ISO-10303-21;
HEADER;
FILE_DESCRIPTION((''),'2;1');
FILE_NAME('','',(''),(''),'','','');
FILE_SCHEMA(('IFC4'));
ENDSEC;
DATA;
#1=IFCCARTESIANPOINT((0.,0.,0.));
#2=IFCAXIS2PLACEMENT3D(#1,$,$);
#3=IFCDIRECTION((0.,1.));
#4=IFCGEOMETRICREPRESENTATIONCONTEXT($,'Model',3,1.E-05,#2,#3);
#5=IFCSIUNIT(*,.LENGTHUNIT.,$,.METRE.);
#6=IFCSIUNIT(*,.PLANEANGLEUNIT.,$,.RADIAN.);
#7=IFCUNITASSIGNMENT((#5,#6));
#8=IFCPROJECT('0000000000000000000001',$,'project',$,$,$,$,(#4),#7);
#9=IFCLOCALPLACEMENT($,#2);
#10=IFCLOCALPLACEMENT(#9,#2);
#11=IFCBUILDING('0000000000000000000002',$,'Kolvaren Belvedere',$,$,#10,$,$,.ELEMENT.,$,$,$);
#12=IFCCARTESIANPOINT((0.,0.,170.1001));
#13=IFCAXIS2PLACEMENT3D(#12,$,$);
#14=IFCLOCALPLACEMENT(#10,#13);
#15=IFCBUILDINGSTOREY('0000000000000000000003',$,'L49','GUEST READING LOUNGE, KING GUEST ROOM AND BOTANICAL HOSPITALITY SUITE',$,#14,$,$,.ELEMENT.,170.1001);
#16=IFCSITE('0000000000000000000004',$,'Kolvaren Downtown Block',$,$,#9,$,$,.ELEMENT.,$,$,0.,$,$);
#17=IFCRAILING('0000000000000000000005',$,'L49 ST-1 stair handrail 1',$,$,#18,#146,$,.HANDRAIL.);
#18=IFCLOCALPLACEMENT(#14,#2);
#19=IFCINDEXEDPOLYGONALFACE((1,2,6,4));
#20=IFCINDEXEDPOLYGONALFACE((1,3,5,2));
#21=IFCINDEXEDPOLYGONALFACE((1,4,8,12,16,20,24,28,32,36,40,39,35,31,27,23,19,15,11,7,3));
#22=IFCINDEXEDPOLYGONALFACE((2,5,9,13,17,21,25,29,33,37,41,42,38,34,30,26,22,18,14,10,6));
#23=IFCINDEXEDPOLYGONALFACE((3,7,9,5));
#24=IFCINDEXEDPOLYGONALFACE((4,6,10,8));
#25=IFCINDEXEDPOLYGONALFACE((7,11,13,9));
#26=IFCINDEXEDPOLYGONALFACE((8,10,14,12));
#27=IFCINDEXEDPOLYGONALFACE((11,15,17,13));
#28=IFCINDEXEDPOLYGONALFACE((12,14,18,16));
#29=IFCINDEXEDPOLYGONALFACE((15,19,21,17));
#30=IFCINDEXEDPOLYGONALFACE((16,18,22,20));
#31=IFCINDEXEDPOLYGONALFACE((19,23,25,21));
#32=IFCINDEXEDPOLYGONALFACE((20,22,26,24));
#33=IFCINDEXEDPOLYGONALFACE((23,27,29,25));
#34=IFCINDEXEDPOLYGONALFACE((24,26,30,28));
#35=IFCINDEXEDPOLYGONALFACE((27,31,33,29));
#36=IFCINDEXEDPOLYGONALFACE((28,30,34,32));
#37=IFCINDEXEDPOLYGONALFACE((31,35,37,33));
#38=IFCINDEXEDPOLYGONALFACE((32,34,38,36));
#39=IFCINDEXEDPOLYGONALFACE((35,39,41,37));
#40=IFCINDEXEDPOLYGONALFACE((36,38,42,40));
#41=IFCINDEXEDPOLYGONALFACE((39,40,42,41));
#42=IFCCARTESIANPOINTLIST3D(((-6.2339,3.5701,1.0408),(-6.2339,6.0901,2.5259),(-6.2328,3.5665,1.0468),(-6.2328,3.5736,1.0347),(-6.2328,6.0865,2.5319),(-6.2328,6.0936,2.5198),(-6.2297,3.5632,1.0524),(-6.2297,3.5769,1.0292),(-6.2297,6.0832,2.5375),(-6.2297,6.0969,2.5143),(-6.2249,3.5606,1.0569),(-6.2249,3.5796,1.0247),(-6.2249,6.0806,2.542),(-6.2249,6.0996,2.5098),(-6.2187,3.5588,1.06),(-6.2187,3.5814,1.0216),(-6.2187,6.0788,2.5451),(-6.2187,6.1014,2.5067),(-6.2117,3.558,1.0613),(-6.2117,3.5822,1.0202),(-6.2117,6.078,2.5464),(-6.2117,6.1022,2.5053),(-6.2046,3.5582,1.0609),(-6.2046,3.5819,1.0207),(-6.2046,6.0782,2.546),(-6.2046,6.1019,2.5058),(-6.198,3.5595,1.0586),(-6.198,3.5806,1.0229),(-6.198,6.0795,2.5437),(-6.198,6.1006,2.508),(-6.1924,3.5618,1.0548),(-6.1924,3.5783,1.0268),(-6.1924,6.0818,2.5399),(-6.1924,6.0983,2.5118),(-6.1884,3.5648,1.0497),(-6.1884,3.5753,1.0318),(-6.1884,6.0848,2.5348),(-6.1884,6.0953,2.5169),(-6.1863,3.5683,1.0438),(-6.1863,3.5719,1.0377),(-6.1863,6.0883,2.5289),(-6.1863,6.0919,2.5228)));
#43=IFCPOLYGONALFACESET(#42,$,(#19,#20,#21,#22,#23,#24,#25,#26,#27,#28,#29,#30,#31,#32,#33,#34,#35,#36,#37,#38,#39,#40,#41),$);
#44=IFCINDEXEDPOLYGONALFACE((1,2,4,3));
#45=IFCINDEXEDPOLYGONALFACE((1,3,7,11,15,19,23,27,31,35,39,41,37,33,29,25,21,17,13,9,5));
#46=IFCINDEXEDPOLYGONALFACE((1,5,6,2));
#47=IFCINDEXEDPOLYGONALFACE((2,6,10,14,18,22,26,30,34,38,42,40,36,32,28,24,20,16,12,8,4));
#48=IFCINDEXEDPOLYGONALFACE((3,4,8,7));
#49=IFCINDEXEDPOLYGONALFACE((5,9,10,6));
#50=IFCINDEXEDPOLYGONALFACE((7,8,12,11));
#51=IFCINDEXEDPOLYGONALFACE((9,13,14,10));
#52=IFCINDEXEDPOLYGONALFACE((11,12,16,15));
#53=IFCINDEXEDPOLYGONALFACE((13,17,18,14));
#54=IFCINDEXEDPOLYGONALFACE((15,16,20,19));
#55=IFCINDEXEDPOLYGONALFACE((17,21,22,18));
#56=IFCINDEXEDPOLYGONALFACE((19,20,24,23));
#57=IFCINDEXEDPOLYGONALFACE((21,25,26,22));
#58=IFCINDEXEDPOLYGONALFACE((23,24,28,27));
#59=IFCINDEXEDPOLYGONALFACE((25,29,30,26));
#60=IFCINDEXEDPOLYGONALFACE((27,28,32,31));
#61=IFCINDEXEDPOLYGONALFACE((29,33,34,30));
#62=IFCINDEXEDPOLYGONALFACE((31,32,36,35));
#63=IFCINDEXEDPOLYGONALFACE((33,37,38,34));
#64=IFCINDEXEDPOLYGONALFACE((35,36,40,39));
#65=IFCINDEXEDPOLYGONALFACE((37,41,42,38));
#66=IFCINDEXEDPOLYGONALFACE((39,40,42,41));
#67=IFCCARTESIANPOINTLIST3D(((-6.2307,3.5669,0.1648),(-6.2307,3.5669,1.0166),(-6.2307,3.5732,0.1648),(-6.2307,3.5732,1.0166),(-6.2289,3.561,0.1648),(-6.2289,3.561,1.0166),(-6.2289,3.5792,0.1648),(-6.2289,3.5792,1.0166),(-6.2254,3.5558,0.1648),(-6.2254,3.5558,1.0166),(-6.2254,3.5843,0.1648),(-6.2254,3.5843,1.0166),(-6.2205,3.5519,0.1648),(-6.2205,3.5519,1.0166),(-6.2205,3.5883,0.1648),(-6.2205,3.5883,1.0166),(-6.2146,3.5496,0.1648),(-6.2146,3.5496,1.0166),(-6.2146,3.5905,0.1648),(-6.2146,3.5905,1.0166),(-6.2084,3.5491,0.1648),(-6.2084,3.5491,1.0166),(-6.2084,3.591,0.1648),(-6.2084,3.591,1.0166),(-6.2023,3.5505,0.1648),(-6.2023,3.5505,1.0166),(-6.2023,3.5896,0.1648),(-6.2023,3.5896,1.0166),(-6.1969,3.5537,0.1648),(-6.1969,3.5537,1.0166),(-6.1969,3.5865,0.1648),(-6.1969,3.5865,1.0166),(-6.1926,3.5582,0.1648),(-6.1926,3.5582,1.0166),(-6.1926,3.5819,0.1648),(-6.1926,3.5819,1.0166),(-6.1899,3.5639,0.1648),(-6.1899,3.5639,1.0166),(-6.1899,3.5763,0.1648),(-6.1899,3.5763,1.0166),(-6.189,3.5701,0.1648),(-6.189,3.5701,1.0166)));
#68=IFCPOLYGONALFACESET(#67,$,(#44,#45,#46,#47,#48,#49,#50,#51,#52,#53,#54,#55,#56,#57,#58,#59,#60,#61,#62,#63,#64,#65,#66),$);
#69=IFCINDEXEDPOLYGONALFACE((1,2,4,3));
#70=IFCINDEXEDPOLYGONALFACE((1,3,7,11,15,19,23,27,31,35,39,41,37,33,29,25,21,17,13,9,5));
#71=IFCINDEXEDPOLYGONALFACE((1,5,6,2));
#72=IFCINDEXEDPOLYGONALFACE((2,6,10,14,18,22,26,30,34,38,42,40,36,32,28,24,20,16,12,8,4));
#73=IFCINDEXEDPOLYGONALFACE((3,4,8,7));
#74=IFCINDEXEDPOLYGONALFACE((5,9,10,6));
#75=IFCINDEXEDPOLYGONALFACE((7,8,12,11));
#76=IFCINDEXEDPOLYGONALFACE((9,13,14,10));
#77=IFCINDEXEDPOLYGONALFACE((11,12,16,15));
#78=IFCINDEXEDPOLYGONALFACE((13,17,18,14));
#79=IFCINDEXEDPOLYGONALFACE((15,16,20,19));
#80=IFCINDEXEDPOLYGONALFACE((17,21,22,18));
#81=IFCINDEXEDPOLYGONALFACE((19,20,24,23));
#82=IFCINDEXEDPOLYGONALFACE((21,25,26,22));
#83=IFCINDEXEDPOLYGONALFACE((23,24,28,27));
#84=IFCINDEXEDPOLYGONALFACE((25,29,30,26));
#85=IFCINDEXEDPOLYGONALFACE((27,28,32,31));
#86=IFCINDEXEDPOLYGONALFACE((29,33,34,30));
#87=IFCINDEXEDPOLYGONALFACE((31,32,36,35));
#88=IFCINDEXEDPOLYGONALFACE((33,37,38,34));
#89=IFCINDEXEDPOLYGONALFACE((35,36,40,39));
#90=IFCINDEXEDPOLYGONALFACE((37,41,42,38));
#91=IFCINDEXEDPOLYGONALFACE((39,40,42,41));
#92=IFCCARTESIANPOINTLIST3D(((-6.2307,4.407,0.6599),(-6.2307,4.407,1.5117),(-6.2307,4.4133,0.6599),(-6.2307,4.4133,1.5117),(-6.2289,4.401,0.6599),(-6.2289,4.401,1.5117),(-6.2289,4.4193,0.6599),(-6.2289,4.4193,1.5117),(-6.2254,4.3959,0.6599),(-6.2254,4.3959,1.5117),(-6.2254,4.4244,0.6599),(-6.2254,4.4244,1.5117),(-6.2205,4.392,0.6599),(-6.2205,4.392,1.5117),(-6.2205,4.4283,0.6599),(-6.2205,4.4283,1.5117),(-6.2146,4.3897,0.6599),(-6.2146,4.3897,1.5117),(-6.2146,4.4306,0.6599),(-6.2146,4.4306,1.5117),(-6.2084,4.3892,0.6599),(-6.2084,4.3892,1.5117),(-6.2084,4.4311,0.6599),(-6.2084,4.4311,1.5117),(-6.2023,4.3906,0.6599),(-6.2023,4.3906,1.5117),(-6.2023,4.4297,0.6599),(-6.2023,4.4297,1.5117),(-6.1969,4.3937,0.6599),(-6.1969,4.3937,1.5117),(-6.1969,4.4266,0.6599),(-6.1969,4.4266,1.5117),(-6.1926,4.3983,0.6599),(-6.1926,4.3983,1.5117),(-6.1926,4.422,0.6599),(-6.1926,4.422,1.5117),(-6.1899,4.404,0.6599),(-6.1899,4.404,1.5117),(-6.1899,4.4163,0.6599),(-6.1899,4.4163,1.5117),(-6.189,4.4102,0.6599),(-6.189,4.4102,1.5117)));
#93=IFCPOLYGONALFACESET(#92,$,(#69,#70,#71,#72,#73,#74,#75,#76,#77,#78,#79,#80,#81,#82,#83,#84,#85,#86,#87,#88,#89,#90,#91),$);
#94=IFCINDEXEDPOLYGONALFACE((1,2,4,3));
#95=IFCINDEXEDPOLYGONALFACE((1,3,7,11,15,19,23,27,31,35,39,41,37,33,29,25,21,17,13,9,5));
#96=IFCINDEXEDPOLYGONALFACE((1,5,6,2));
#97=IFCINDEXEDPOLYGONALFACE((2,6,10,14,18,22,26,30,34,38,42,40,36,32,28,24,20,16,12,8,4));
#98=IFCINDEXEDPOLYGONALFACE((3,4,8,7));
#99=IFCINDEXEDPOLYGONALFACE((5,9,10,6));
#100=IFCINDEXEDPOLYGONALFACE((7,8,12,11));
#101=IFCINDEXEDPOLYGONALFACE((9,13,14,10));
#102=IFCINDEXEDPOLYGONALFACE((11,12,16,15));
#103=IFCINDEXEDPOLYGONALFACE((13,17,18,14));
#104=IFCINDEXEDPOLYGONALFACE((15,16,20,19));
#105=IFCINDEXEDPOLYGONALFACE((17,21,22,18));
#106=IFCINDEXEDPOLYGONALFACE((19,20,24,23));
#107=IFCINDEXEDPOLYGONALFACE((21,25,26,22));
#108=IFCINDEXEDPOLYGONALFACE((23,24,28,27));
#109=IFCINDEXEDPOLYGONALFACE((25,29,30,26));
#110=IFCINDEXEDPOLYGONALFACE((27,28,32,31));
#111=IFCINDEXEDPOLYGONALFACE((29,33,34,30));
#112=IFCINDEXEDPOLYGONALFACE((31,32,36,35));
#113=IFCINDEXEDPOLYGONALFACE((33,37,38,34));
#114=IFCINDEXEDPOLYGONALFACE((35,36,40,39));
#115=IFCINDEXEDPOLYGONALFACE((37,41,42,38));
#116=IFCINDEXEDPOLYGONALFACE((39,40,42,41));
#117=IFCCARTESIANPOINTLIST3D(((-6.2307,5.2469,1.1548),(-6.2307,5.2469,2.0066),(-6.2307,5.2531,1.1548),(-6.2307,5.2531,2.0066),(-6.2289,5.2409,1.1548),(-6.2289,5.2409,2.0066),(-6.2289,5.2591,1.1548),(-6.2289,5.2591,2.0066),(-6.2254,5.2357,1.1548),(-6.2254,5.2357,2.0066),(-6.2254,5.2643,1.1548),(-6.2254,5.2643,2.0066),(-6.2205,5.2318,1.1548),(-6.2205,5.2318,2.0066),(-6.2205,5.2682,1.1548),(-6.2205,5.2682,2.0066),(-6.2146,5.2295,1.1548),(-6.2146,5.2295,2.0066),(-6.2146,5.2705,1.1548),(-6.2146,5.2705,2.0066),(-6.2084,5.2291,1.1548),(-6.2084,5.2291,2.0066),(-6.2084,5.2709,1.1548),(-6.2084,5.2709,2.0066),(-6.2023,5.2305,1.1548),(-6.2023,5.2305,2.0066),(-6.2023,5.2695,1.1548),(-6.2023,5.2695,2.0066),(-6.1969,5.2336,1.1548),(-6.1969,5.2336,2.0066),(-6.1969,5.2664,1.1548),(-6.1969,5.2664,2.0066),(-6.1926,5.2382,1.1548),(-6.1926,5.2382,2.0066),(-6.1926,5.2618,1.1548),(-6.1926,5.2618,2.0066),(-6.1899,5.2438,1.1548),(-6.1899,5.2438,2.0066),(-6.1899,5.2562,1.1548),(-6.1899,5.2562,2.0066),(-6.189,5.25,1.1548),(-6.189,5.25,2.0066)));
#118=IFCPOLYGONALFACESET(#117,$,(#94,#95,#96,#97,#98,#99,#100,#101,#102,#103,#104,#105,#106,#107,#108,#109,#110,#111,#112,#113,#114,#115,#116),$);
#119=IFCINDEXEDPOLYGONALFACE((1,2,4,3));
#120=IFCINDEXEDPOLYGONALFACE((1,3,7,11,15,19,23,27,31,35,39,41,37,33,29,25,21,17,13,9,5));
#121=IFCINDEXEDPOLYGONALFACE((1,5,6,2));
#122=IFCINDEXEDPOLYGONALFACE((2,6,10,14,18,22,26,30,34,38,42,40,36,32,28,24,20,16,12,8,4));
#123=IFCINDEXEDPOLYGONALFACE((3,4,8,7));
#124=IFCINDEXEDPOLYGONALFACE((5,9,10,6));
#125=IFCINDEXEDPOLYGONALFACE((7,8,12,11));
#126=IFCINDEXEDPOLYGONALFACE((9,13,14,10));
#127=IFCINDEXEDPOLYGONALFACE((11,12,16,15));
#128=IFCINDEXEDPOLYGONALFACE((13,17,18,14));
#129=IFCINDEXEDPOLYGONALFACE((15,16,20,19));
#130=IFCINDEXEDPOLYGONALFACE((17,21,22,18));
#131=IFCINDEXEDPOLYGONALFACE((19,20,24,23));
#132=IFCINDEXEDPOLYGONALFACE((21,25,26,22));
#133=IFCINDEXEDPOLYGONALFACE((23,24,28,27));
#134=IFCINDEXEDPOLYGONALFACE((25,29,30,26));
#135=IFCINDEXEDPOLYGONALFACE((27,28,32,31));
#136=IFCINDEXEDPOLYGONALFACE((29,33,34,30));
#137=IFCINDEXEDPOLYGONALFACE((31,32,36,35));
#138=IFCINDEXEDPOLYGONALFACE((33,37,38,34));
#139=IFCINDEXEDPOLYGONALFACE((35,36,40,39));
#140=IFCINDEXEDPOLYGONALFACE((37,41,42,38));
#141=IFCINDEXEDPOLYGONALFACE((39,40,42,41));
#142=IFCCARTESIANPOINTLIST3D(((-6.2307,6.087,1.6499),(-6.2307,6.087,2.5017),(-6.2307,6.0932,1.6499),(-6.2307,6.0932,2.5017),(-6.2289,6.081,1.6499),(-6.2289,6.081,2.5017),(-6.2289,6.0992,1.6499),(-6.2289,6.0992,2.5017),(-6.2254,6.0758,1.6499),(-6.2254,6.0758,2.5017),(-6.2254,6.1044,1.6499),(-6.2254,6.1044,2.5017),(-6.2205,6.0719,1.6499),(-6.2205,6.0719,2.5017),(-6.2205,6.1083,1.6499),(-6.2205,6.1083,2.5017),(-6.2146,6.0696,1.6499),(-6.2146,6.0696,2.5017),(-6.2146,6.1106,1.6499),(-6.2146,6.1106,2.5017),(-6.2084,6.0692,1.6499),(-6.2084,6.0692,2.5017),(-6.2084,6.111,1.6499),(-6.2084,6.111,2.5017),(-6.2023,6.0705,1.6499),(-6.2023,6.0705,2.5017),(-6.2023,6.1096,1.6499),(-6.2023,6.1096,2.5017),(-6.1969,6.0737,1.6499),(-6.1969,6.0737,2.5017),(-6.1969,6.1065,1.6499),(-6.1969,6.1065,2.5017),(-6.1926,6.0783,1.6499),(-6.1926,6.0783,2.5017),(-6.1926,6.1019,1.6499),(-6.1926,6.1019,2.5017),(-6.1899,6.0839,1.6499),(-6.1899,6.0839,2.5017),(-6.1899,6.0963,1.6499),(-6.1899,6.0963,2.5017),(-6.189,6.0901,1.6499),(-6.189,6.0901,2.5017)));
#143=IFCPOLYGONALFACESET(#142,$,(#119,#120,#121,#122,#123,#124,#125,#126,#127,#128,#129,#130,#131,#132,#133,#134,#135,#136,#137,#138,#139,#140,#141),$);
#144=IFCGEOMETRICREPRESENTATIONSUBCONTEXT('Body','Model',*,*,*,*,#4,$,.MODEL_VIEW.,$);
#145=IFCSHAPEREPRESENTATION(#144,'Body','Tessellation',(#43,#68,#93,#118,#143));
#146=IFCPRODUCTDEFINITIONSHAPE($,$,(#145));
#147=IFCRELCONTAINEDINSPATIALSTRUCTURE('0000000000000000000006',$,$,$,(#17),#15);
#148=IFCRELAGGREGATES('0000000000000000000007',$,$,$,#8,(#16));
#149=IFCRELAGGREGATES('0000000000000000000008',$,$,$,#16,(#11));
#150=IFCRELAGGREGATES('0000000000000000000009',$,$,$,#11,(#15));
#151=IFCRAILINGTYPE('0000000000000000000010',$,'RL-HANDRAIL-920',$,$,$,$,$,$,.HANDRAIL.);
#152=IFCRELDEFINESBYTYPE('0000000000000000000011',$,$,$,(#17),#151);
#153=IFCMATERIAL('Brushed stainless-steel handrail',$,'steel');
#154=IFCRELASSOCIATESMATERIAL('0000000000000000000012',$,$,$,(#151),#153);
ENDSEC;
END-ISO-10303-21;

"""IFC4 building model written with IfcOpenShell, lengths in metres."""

from ifc_helpers import new_model, si_unit, direction, frame, origin, origin_2d, place, context, subcontext, project, spatial, circle, extrude, material, type_object, element, save


model = new_model("IFC4")

# Units and contexts
model_context = context("Model", 3, precision=1e-05, world=origin(), true_north=direction((0.0, 1.0)))
body_context = subcontext(model_context, "Body", "Model", "MODEL_VIEW")
ifc_project = project(units=[si_unit("LENGTHUNIT", "METRE"), si_unit("PLANEANGLEUNIT", "RADIAN")], contexts=[model_context])

# Site, building, storey
site_placement = place(None, origin())
site = spatial("IfcSite", under=ifc_project, at=site_placement, Name="Kolvaren Downtown Block", CompositionType="ELEMENT", RefElevation=0.0)
building_placement = place(site_placement, origin())
building = spatial("IfcBuilding", under=site, at=building_placement, Name="Kolvaren Belvedere", CompositionType="ELEMENT")
storey_placement = place(building_placement, frame((0.0, 0.0, 170.1001)))
storey = spatial("IfcBuildingStorey", under=building, at=storey_placement, Name="L49", Description="GUEST READING LOUNGE, KING GUEST ROOM AND BOTANICAL HOSPITALITY SUITE", CompositionType="ELEMENT", Elevation=170.1001)

# Railing
ifc_material_1 = material(Name="Brushed stainless-steel handrail", Category="steel")
railing_type_1 = type_object("IfcRailingType", Name="RL-HANDRAIL-920", PredefinedType="HANDRAIL", material=ifc_material_1)
railing_1_placement = place(storey_placement, frame((-6.21, 3.5701, 0.1648)))
element("IfcRailing", 1, at=railing_1_placement, inside=storey, type_object=railing_type_1, Name="L49 ST-1 stair handrail 1", PredefinedType="HANDRAIL", context=body_context, shape_type="SweptSolid", body=[
    extrude(circle(Radius=0.0239, at=origin_2d()), frame((0.0, 0.0, 0.876), z_axis=(0.0, 0.861524, 0.507717), x_axis=(-1.0, 0.0, 0.0)), (0.0, 0.0, 1.0), 2.925),
    extrude(circle(Radius=0.021, at=origin_2d()), origin(), (0.0, 0.0, 1.0), 0.8518),
    extrude(circle(Radius=0.021, at=origin_2d()), frame((0.0, 0.8401, 0.4951)), (0.0, 0.0, 1.0), 0.8518),
    extrude(circle(Radius=0.021, at=origin_2d()), frame((0.0, 1.6799, 0.99)), (0.0, 0.0, 1.0), 0.8518),
    extrude(circle(Radius=0.021, at=origin_2d()), frame((0.0, 2.52, 1.4851)), (0.0, 0.0, 1.0), 0.8518),
])

save(model, "model.ifc")
